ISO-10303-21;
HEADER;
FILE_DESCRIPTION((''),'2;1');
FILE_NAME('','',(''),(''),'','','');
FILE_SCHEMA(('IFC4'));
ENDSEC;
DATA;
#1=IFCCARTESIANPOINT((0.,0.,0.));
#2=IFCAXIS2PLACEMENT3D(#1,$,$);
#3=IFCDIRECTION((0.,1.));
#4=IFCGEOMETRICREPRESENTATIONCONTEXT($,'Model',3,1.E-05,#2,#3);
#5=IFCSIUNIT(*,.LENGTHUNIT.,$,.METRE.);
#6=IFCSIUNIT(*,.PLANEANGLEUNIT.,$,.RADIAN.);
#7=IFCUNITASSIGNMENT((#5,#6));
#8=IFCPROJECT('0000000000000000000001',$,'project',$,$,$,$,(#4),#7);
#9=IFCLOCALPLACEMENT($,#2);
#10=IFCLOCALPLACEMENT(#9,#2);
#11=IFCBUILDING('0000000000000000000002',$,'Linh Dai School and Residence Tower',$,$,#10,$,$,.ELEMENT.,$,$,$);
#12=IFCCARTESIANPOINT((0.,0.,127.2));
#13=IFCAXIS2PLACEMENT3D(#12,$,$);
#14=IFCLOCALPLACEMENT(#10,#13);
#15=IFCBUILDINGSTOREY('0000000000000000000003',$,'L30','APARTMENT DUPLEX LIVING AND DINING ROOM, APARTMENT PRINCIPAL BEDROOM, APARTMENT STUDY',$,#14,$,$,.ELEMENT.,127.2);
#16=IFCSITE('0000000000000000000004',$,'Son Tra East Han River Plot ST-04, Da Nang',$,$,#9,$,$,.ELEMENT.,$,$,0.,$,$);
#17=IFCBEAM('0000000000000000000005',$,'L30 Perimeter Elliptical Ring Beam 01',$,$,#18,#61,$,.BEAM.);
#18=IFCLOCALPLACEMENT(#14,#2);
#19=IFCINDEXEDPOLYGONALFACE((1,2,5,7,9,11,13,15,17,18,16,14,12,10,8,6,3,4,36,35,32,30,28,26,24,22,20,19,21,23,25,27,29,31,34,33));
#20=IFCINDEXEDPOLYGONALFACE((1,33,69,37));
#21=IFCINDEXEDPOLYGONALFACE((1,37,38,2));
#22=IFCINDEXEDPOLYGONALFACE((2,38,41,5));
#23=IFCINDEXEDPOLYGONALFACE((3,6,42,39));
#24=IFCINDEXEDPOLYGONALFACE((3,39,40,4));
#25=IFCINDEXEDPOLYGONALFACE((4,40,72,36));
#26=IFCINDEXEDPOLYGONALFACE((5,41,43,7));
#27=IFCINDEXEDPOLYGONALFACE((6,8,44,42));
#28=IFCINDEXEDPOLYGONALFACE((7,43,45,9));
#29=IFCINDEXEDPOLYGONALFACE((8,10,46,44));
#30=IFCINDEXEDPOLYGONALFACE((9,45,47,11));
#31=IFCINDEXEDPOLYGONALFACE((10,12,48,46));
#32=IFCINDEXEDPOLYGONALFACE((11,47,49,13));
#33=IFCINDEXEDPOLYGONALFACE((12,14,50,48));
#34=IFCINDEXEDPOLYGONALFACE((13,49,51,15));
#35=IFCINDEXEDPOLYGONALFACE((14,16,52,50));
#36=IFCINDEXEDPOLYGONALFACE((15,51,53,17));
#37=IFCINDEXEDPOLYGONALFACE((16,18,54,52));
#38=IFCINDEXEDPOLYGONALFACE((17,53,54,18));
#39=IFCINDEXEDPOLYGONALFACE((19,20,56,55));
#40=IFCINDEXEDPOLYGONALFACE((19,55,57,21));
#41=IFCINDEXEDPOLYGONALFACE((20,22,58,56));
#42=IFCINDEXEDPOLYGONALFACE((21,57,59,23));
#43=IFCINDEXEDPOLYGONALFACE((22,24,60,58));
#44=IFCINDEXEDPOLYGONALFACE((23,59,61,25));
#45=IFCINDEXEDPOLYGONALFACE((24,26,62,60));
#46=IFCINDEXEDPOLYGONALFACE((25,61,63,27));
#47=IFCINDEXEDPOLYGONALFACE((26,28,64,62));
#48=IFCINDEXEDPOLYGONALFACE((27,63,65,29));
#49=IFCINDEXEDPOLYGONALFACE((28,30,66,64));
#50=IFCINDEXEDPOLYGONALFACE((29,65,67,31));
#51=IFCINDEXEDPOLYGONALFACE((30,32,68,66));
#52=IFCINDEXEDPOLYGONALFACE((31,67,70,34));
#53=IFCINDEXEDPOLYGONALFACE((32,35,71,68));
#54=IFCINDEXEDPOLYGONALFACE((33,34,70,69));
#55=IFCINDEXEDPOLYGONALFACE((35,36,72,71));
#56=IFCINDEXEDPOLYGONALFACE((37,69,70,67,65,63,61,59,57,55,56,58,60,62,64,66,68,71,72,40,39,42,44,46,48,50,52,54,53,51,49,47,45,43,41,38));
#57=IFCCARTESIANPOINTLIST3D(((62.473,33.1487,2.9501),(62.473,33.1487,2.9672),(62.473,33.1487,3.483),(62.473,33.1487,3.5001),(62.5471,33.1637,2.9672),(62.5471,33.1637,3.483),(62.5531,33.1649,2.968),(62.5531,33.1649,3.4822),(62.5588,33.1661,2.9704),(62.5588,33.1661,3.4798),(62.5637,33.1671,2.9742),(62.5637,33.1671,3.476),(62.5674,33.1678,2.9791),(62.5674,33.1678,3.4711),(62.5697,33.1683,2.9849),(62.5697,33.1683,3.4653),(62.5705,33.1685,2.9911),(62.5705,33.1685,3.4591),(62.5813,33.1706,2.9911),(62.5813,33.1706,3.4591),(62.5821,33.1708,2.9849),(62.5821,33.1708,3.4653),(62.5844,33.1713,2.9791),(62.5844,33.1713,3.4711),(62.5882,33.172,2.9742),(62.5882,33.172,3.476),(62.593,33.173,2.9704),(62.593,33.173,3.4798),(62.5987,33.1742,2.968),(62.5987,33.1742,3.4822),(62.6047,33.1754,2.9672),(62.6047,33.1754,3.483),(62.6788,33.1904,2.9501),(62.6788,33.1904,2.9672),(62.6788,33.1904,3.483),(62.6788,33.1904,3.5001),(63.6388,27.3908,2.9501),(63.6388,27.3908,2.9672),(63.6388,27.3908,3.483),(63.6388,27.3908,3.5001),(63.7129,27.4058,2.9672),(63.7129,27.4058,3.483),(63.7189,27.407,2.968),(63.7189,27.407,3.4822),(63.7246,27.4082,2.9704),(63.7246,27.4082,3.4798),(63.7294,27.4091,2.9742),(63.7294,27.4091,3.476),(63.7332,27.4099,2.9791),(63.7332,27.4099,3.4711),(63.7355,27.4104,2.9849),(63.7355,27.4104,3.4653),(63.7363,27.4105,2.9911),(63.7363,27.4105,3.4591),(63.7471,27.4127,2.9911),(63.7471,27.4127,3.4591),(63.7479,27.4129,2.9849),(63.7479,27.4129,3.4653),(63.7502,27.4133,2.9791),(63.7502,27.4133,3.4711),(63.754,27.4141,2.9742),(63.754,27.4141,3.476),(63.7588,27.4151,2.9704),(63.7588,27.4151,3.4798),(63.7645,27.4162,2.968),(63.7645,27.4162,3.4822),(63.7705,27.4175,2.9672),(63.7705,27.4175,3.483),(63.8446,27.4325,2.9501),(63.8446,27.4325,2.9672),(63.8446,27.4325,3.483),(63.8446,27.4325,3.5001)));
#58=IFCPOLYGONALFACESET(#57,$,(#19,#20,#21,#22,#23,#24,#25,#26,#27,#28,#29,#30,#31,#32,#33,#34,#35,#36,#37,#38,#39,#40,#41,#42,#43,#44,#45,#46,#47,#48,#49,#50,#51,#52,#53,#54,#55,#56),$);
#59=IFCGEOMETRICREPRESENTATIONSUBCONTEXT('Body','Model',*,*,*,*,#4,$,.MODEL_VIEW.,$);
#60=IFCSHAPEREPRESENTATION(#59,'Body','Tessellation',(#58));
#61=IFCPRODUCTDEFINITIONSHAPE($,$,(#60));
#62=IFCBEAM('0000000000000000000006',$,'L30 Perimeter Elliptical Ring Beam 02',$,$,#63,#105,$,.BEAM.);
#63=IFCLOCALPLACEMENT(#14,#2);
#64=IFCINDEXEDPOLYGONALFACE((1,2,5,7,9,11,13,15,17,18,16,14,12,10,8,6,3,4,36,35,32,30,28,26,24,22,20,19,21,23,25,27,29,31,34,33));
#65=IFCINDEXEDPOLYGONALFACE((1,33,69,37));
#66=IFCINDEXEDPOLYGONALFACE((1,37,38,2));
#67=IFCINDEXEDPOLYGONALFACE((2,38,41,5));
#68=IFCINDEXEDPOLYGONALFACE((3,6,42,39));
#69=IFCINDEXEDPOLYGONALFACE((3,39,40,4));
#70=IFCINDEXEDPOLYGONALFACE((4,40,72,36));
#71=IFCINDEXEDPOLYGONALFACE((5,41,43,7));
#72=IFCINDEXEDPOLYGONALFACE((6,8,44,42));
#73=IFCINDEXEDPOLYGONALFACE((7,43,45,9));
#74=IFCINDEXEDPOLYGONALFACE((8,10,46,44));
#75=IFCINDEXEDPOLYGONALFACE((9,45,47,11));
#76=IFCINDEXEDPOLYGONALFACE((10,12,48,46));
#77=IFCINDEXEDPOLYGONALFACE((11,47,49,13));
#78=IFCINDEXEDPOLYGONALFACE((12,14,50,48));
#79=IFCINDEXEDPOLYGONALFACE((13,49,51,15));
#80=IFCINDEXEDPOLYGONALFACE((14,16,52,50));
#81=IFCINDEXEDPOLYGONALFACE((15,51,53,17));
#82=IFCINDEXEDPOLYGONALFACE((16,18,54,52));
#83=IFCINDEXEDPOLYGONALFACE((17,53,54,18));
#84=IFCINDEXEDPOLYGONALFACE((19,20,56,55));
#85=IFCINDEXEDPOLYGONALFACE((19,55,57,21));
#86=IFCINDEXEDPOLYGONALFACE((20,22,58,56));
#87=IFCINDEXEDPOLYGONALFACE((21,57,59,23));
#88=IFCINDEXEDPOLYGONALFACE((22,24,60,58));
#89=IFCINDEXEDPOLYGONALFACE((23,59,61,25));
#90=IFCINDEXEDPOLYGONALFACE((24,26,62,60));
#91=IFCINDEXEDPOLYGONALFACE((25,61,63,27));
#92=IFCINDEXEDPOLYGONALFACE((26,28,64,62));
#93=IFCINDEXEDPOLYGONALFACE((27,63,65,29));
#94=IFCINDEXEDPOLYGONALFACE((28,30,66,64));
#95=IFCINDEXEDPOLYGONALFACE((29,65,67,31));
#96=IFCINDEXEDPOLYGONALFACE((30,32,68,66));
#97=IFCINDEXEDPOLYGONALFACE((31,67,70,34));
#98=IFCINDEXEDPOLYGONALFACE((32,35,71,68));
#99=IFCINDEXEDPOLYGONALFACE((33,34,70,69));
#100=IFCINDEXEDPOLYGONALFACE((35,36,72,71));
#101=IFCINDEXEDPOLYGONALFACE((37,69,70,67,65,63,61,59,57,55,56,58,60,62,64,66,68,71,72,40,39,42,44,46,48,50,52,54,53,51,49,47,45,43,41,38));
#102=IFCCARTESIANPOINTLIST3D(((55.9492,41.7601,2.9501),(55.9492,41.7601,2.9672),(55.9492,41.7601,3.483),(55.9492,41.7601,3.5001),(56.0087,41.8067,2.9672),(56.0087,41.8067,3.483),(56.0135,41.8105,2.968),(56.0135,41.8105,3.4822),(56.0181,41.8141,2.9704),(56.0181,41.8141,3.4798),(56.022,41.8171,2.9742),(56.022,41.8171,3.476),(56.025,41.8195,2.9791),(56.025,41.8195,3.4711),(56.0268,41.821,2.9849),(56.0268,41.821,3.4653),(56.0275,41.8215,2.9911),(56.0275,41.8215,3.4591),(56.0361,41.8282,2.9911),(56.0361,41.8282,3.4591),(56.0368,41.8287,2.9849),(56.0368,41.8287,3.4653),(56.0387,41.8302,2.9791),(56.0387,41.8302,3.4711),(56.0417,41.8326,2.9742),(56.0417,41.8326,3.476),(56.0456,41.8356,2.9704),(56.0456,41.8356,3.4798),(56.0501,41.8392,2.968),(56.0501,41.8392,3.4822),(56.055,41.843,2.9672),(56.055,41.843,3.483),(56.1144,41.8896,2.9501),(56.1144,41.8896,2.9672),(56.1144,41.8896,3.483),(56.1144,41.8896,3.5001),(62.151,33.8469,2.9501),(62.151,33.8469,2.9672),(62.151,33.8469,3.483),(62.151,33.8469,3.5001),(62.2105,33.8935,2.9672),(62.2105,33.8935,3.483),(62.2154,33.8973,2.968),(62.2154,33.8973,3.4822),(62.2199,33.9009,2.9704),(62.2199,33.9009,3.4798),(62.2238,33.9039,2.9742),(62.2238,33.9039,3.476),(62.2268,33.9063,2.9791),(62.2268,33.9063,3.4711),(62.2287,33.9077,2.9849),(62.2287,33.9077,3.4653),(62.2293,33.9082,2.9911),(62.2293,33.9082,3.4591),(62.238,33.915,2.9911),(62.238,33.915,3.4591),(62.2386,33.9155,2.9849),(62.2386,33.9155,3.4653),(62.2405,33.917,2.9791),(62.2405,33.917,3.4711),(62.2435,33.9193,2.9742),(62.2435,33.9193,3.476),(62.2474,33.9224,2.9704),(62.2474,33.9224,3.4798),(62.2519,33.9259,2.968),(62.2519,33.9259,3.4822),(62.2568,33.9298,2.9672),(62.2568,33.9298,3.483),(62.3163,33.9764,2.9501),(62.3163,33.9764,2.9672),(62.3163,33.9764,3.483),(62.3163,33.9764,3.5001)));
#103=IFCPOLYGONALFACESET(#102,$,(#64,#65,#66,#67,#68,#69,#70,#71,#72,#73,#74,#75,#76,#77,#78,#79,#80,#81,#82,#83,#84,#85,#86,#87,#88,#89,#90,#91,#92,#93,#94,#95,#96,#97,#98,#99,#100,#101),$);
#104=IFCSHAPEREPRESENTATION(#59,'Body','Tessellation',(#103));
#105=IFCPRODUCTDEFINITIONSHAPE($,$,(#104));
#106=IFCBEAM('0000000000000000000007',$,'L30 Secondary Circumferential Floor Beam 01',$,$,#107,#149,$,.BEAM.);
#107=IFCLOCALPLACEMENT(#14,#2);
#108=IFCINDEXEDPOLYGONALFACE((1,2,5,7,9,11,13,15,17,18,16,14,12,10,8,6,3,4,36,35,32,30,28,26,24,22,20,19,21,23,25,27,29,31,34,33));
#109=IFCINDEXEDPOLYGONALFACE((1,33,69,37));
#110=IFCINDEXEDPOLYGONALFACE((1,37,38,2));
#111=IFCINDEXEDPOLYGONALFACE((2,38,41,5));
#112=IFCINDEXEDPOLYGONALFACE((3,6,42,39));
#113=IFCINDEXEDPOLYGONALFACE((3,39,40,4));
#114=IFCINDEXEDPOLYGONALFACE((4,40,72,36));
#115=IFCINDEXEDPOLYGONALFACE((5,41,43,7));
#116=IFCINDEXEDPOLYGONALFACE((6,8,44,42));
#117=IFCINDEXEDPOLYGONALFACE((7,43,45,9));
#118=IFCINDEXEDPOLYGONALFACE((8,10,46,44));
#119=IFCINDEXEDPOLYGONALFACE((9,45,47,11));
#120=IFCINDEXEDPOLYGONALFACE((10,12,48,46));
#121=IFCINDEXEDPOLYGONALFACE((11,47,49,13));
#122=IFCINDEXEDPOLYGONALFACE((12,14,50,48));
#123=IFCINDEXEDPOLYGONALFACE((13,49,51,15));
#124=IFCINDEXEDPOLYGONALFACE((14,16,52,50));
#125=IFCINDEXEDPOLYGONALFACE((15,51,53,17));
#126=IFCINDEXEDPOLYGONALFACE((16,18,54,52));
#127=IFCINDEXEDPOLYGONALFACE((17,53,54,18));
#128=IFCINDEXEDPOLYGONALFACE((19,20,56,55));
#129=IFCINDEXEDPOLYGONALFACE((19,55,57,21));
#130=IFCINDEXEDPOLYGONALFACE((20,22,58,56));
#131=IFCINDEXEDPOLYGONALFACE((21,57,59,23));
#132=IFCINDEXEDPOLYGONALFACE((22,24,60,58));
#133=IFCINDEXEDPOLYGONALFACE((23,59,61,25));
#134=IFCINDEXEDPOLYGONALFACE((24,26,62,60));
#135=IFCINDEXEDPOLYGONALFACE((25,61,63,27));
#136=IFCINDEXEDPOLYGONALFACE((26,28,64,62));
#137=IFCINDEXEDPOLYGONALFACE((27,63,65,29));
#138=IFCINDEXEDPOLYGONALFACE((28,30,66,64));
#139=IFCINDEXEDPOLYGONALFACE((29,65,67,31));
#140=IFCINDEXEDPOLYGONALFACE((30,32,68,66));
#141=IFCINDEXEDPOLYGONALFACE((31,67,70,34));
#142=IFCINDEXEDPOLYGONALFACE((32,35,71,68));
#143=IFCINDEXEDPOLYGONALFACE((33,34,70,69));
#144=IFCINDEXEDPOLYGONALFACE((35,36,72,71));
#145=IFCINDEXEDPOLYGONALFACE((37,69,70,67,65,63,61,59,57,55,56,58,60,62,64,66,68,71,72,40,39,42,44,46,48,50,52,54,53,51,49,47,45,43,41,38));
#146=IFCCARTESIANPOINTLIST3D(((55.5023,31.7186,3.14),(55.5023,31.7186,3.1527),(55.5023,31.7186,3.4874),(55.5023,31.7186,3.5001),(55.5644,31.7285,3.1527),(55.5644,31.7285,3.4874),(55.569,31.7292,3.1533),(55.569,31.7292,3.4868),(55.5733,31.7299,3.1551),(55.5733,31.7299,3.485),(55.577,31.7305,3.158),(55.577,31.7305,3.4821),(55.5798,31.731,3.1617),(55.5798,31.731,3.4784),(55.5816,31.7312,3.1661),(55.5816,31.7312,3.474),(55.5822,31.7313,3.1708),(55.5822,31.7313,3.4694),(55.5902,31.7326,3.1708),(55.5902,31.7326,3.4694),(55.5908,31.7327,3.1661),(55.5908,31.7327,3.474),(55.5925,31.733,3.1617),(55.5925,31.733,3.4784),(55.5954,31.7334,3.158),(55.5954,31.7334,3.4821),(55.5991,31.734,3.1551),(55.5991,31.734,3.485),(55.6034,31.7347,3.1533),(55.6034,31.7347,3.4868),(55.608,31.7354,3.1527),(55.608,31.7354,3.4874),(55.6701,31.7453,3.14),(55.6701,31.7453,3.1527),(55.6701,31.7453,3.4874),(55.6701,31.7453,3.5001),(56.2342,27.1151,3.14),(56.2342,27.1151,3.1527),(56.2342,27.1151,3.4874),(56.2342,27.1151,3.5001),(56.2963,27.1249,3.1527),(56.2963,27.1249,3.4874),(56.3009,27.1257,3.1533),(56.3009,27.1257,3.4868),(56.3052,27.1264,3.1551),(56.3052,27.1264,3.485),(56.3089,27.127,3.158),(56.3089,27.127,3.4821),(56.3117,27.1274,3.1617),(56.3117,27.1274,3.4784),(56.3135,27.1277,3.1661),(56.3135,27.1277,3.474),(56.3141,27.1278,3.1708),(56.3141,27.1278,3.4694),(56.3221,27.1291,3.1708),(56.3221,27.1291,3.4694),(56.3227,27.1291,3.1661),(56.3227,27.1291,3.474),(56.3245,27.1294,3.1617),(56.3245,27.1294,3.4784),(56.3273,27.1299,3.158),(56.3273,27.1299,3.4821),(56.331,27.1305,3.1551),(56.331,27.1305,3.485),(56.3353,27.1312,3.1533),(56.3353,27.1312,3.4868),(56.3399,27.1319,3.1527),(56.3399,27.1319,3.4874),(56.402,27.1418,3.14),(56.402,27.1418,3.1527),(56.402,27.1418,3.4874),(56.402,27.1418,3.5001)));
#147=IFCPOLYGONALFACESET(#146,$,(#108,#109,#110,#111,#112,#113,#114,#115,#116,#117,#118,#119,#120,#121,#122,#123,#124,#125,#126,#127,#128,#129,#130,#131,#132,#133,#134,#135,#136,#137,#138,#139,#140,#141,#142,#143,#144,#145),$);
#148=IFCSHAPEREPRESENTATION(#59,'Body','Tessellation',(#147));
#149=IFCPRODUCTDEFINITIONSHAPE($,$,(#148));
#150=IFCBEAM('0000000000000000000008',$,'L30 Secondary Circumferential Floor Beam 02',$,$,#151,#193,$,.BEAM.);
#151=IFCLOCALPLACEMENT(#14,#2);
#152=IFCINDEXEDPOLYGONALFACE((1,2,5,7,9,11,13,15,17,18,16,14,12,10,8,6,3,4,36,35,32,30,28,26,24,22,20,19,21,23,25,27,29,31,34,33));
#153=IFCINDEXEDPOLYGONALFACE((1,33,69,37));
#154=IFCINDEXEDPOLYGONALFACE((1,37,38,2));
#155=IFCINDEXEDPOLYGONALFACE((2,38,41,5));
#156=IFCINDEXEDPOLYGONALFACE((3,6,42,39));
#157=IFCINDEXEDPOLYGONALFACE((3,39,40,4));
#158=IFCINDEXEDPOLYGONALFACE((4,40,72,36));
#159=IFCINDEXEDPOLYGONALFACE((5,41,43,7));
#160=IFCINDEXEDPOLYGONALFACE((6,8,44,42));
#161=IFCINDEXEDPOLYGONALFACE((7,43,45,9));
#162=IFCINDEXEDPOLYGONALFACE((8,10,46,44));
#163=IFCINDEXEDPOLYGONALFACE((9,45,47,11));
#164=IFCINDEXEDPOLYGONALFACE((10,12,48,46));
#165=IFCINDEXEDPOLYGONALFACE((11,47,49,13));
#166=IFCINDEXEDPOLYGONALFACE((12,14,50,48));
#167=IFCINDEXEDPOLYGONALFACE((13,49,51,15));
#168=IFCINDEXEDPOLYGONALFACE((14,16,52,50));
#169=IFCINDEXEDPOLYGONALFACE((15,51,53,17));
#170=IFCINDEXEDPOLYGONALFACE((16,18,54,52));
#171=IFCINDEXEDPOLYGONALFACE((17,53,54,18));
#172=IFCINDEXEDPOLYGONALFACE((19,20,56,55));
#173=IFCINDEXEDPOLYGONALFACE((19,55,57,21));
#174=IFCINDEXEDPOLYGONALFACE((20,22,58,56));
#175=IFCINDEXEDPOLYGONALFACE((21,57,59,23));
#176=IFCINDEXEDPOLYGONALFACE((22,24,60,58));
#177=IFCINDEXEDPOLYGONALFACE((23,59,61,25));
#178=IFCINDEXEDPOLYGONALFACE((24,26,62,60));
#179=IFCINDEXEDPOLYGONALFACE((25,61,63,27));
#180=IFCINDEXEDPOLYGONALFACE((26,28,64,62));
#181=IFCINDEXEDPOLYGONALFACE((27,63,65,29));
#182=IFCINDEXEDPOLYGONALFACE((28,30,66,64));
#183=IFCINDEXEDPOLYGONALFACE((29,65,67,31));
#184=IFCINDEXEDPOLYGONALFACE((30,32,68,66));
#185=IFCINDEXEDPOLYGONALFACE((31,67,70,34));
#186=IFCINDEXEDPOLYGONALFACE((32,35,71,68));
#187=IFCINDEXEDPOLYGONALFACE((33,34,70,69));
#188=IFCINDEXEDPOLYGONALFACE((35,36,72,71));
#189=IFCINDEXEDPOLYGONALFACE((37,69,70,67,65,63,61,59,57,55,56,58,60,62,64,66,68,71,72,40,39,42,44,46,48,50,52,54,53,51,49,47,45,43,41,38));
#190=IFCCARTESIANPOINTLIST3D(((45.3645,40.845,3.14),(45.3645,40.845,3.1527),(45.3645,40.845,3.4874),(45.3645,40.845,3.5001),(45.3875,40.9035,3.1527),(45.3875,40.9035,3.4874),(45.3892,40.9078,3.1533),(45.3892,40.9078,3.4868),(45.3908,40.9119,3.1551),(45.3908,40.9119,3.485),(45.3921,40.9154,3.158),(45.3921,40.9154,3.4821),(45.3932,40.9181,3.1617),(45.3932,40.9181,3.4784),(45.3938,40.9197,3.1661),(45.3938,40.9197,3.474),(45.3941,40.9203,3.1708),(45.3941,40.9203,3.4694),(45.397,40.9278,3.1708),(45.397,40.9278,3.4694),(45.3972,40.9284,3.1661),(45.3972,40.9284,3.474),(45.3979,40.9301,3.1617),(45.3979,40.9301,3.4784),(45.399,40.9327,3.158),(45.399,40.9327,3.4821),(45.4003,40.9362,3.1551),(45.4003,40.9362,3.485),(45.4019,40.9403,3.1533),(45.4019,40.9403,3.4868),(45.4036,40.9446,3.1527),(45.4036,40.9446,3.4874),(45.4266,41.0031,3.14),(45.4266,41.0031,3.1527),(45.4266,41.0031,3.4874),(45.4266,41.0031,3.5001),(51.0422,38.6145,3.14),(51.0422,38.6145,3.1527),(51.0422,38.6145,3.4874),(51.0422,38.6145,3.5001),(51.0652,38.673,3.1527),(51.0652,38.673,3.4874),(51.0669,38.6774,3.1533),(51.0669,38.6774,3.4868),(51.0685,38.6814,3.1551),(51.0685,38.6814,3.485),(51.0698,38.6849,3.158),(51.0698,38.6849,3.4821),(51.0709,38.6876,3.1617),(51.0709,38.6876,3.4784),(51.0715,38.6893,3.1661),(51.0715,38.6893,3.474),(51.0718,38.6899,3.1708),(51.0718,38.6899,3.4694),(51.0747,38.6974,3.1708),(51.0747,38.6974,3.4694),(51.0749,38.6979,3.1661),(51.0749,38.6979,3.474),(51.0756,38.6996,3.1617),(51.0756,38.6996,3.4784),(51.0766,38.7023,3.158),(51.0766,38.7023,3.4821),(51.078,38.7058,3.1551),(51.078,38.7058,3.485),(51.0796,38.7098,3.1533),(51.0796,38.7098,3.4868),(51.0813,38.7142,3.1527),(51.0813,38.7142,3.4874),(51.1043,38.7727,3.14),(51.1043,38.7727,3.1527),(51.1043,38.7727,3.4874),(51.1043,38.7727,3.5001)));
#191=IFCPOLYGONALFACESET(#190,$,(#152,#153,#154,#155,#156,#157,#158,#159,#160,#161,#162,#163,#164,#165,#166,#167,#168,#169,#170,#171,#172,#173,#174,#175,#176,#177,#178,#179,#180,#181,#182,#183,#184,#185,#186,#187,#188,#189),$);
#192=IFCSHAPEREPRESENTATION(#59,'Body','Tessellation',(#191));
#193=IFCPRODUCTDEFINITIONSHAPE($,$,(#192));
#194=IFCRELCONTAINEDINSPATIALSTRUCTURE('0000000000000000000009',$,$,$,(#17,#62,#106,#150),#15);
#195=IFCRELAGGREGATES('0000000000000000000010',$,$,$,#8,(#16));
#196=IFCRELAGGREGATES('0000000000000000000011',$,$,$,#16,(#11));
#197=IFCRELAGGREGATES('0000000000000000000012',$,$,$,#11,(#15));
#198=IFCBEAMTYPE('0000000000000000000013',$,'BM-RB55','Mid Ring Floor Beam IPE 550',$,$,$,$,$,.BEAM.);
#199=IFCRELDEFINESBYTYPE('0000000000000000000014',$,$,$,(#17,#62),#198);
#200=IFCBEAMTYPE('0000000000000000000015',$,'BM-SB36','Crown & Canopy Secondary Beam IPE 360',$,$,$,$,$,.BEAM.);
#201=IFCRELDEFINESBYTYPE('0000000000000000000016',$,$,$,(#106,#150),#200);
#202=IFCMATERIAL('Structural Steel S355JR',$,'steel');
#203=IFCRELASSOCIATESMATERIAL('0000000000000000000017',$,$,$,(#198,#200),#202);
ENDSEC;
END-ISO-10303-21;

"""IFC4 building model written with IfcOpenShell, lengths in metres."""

from ifc_helpers import new_model, si_unit, direction, frame, origin, origin_2d, place, context, subcontext, project, spatial, i_section, extrude, material, material_profile, profile_set, type_object, element, save


model = new_model("IFC4")

# Units and contexts
model_context = context("Model", 3, precision=1e-05, world=origin(), true_north=direction((0.0, 1.0)))
body_context = subcontext(model_context, "Body", "Model", "MODEL_VIEW")
ifc_project = project(units=[si_unit("LENGTHUNIT", "METRE"), si_unit("PLANEANGLEUNIT", "RADIAN")], contexts=[model_context])

# Site, building, storey
site_placement = place(None, origin())
site = spatial("IfcSite", under=ifc_project, at=site_placement, Name="Son Tra East Han River Plot ST-04, Da Nang", CompositionType="ELEMENT", RefElevation=0.0)
building_placement = place(site_placement, origin())
building = spatial("IfcBuilding", under=site, at=building_placement, Name="Linh Dai School and Residence Tower", CompositionType="ELEMENT")
storey_placement = place(building_placement, frame((0.0, 0.0, 127.2)))
storey = spatial("IfcBuildingStorey", under=building, at=storey_placement, Name="L30", Description="APARTMENT DUPLEX LIVING AND DINING ROOM, APARTMENT PRINCIPAL BEDROOM, APARTMENT STUDY", CompositionType="ELEMENT", Elevation=127.2)

# Shared definitions
ifc_material_1 = material(Name="Structural Steel S355JR", Category="steel")

# Beams
ifc_material_profile_1 = material_profile(ifc_material_1, i_section(OverallWidth=0.21, OverallDepth=0.55, WebThickness=0.011, FlangeThickness=0.0171, FilletRadius=0.0239, at=origin_2d()), Name="IPE 550")
ifc_profile_set_1 = profile_set([ifc_material_profile_1], Name="Structural Steel S355JR")
beam_type_1 = type_object("IfcBeamType", Name="BM-RB55", Description="Mid Ring Floor Beam IPE 550", PredefinedType="BEAM", material=ifc_profile_set_1)
beam_1_placement = place(storey_placement, frame((63.7417, 27.4116, 3.2251), z_axis=(-0.198441, 0.980113, 0.0), x_axis=(-0.980113, -0.198441, 0.0)))
element("IfcBeam", 1, at=beam_1_placement, inside=storey, type_object=beam_type_1, Name="L30 Perimeter Elliptical Ring Beam 01", PredefinedType="BEAM", context=body_context, shape_type="SweptSolid", body=[
    extrude(i_section(OverallWidth=0.21, OverallDepth=0.55, WebThickness=0.011, FlangeThickness=0.0171, FilletRadius=0.0239, at=origin_2d()), origin(), (0.0, 0.0, 1.0), 5.8748),
])
beam_2_placement = place(storey_placement, frame((62.2336, 33.9116, 3.2251), z_axis=(-0.616855, 0.787077, 0.0), x_axis=(-0.787077, -0.616855, 0.0)))
element("IfcBeam", 2, at=beam_2_placement, inside=storey, type_object=beam_type_1, Name="L30 Perimeter Elliptical Ring Beam 02", PredefinedType="BEAM", context=body_context, shape_type="SweptSolid", body=[
    extrude(i_section(OverallWidth=0.21, OverallDepth=0.55, WebThickness=0.011, FlangeThickness=0.0171, FilletRadius=0.0239, at=origin_2d()), origin(), (0.0, 0.0, 1.0), 10.054),
])
ifc_material_profile_2 = material_profile(ifc_material_1, i_section(OverallWidth=0.1699, OverallDepth=0.3601, WebThickness=0.0081, FlangeThickness=0.0127, FilletRadius=0.0181, at=origin_2d()), Name="IPE 360")
ifc_profile_set_2 = profile_set([ifc_material_profile_2], Name="Structural Steel S355JR")
beam_type_2 = type_object("IfcBeamType", Name="BM-SB36", Description="Crown & Canopy Secondary Beam IPE 360", PredefinedType="BEAM", material=ifc_profile_set_2)
beam_3_placement = place(storey_placement, frame((56.3181, 27.1284, 3.3201), z_axis=(-0.157022, 0.987595, 0.0), x_axis=(-0.987595, -0.157022, 0.0)))
element("IfcBeam", 3, at=beam_3_placement, inside=storey, type_object=beam_type_2, Name="L30 Secondary Circumferential Floor Beam 01", PredefinedType="BEAM", context=body_context, shape_type="SweptSolid", body=[
    extrude(i_section(OverallWidth=0.1699, OverallDepth=0.3601, WebThickness=0.0081, FlangeThickness=0.0127, FilletRadius=0.0181, at=origin_2d()), origin(), (0.0, 0.0, 1.0), 4.6614),
])
beam_4_placement = place(storey_placement, frame((51.0732, 38.6936, 3.3201), z_axis=(-0.930755, 0.365642, 0.0), x_axis=(-0.365642, -0.930755, 0.0)))
element("IfcBeam", 4, at=beam_4_placement, inside=storey, type_object=beam_type_2, Name="L30 Secondary Circumferential Floor Beam 02", PredefinedType="BEAM", context=body_context, shape_type="SweptSolid", body=[
    extrude(i_section(OverallWidth=0.1699, OverallDepth=0.3601, WebThickness=0.0081, FlangeThickness=0.0127, FilletRadius=0.0181, at=origin_2d()), origin(), (0.0, 0.0, 1.0), 6.1001),
])

save(model, "model.ifc")
